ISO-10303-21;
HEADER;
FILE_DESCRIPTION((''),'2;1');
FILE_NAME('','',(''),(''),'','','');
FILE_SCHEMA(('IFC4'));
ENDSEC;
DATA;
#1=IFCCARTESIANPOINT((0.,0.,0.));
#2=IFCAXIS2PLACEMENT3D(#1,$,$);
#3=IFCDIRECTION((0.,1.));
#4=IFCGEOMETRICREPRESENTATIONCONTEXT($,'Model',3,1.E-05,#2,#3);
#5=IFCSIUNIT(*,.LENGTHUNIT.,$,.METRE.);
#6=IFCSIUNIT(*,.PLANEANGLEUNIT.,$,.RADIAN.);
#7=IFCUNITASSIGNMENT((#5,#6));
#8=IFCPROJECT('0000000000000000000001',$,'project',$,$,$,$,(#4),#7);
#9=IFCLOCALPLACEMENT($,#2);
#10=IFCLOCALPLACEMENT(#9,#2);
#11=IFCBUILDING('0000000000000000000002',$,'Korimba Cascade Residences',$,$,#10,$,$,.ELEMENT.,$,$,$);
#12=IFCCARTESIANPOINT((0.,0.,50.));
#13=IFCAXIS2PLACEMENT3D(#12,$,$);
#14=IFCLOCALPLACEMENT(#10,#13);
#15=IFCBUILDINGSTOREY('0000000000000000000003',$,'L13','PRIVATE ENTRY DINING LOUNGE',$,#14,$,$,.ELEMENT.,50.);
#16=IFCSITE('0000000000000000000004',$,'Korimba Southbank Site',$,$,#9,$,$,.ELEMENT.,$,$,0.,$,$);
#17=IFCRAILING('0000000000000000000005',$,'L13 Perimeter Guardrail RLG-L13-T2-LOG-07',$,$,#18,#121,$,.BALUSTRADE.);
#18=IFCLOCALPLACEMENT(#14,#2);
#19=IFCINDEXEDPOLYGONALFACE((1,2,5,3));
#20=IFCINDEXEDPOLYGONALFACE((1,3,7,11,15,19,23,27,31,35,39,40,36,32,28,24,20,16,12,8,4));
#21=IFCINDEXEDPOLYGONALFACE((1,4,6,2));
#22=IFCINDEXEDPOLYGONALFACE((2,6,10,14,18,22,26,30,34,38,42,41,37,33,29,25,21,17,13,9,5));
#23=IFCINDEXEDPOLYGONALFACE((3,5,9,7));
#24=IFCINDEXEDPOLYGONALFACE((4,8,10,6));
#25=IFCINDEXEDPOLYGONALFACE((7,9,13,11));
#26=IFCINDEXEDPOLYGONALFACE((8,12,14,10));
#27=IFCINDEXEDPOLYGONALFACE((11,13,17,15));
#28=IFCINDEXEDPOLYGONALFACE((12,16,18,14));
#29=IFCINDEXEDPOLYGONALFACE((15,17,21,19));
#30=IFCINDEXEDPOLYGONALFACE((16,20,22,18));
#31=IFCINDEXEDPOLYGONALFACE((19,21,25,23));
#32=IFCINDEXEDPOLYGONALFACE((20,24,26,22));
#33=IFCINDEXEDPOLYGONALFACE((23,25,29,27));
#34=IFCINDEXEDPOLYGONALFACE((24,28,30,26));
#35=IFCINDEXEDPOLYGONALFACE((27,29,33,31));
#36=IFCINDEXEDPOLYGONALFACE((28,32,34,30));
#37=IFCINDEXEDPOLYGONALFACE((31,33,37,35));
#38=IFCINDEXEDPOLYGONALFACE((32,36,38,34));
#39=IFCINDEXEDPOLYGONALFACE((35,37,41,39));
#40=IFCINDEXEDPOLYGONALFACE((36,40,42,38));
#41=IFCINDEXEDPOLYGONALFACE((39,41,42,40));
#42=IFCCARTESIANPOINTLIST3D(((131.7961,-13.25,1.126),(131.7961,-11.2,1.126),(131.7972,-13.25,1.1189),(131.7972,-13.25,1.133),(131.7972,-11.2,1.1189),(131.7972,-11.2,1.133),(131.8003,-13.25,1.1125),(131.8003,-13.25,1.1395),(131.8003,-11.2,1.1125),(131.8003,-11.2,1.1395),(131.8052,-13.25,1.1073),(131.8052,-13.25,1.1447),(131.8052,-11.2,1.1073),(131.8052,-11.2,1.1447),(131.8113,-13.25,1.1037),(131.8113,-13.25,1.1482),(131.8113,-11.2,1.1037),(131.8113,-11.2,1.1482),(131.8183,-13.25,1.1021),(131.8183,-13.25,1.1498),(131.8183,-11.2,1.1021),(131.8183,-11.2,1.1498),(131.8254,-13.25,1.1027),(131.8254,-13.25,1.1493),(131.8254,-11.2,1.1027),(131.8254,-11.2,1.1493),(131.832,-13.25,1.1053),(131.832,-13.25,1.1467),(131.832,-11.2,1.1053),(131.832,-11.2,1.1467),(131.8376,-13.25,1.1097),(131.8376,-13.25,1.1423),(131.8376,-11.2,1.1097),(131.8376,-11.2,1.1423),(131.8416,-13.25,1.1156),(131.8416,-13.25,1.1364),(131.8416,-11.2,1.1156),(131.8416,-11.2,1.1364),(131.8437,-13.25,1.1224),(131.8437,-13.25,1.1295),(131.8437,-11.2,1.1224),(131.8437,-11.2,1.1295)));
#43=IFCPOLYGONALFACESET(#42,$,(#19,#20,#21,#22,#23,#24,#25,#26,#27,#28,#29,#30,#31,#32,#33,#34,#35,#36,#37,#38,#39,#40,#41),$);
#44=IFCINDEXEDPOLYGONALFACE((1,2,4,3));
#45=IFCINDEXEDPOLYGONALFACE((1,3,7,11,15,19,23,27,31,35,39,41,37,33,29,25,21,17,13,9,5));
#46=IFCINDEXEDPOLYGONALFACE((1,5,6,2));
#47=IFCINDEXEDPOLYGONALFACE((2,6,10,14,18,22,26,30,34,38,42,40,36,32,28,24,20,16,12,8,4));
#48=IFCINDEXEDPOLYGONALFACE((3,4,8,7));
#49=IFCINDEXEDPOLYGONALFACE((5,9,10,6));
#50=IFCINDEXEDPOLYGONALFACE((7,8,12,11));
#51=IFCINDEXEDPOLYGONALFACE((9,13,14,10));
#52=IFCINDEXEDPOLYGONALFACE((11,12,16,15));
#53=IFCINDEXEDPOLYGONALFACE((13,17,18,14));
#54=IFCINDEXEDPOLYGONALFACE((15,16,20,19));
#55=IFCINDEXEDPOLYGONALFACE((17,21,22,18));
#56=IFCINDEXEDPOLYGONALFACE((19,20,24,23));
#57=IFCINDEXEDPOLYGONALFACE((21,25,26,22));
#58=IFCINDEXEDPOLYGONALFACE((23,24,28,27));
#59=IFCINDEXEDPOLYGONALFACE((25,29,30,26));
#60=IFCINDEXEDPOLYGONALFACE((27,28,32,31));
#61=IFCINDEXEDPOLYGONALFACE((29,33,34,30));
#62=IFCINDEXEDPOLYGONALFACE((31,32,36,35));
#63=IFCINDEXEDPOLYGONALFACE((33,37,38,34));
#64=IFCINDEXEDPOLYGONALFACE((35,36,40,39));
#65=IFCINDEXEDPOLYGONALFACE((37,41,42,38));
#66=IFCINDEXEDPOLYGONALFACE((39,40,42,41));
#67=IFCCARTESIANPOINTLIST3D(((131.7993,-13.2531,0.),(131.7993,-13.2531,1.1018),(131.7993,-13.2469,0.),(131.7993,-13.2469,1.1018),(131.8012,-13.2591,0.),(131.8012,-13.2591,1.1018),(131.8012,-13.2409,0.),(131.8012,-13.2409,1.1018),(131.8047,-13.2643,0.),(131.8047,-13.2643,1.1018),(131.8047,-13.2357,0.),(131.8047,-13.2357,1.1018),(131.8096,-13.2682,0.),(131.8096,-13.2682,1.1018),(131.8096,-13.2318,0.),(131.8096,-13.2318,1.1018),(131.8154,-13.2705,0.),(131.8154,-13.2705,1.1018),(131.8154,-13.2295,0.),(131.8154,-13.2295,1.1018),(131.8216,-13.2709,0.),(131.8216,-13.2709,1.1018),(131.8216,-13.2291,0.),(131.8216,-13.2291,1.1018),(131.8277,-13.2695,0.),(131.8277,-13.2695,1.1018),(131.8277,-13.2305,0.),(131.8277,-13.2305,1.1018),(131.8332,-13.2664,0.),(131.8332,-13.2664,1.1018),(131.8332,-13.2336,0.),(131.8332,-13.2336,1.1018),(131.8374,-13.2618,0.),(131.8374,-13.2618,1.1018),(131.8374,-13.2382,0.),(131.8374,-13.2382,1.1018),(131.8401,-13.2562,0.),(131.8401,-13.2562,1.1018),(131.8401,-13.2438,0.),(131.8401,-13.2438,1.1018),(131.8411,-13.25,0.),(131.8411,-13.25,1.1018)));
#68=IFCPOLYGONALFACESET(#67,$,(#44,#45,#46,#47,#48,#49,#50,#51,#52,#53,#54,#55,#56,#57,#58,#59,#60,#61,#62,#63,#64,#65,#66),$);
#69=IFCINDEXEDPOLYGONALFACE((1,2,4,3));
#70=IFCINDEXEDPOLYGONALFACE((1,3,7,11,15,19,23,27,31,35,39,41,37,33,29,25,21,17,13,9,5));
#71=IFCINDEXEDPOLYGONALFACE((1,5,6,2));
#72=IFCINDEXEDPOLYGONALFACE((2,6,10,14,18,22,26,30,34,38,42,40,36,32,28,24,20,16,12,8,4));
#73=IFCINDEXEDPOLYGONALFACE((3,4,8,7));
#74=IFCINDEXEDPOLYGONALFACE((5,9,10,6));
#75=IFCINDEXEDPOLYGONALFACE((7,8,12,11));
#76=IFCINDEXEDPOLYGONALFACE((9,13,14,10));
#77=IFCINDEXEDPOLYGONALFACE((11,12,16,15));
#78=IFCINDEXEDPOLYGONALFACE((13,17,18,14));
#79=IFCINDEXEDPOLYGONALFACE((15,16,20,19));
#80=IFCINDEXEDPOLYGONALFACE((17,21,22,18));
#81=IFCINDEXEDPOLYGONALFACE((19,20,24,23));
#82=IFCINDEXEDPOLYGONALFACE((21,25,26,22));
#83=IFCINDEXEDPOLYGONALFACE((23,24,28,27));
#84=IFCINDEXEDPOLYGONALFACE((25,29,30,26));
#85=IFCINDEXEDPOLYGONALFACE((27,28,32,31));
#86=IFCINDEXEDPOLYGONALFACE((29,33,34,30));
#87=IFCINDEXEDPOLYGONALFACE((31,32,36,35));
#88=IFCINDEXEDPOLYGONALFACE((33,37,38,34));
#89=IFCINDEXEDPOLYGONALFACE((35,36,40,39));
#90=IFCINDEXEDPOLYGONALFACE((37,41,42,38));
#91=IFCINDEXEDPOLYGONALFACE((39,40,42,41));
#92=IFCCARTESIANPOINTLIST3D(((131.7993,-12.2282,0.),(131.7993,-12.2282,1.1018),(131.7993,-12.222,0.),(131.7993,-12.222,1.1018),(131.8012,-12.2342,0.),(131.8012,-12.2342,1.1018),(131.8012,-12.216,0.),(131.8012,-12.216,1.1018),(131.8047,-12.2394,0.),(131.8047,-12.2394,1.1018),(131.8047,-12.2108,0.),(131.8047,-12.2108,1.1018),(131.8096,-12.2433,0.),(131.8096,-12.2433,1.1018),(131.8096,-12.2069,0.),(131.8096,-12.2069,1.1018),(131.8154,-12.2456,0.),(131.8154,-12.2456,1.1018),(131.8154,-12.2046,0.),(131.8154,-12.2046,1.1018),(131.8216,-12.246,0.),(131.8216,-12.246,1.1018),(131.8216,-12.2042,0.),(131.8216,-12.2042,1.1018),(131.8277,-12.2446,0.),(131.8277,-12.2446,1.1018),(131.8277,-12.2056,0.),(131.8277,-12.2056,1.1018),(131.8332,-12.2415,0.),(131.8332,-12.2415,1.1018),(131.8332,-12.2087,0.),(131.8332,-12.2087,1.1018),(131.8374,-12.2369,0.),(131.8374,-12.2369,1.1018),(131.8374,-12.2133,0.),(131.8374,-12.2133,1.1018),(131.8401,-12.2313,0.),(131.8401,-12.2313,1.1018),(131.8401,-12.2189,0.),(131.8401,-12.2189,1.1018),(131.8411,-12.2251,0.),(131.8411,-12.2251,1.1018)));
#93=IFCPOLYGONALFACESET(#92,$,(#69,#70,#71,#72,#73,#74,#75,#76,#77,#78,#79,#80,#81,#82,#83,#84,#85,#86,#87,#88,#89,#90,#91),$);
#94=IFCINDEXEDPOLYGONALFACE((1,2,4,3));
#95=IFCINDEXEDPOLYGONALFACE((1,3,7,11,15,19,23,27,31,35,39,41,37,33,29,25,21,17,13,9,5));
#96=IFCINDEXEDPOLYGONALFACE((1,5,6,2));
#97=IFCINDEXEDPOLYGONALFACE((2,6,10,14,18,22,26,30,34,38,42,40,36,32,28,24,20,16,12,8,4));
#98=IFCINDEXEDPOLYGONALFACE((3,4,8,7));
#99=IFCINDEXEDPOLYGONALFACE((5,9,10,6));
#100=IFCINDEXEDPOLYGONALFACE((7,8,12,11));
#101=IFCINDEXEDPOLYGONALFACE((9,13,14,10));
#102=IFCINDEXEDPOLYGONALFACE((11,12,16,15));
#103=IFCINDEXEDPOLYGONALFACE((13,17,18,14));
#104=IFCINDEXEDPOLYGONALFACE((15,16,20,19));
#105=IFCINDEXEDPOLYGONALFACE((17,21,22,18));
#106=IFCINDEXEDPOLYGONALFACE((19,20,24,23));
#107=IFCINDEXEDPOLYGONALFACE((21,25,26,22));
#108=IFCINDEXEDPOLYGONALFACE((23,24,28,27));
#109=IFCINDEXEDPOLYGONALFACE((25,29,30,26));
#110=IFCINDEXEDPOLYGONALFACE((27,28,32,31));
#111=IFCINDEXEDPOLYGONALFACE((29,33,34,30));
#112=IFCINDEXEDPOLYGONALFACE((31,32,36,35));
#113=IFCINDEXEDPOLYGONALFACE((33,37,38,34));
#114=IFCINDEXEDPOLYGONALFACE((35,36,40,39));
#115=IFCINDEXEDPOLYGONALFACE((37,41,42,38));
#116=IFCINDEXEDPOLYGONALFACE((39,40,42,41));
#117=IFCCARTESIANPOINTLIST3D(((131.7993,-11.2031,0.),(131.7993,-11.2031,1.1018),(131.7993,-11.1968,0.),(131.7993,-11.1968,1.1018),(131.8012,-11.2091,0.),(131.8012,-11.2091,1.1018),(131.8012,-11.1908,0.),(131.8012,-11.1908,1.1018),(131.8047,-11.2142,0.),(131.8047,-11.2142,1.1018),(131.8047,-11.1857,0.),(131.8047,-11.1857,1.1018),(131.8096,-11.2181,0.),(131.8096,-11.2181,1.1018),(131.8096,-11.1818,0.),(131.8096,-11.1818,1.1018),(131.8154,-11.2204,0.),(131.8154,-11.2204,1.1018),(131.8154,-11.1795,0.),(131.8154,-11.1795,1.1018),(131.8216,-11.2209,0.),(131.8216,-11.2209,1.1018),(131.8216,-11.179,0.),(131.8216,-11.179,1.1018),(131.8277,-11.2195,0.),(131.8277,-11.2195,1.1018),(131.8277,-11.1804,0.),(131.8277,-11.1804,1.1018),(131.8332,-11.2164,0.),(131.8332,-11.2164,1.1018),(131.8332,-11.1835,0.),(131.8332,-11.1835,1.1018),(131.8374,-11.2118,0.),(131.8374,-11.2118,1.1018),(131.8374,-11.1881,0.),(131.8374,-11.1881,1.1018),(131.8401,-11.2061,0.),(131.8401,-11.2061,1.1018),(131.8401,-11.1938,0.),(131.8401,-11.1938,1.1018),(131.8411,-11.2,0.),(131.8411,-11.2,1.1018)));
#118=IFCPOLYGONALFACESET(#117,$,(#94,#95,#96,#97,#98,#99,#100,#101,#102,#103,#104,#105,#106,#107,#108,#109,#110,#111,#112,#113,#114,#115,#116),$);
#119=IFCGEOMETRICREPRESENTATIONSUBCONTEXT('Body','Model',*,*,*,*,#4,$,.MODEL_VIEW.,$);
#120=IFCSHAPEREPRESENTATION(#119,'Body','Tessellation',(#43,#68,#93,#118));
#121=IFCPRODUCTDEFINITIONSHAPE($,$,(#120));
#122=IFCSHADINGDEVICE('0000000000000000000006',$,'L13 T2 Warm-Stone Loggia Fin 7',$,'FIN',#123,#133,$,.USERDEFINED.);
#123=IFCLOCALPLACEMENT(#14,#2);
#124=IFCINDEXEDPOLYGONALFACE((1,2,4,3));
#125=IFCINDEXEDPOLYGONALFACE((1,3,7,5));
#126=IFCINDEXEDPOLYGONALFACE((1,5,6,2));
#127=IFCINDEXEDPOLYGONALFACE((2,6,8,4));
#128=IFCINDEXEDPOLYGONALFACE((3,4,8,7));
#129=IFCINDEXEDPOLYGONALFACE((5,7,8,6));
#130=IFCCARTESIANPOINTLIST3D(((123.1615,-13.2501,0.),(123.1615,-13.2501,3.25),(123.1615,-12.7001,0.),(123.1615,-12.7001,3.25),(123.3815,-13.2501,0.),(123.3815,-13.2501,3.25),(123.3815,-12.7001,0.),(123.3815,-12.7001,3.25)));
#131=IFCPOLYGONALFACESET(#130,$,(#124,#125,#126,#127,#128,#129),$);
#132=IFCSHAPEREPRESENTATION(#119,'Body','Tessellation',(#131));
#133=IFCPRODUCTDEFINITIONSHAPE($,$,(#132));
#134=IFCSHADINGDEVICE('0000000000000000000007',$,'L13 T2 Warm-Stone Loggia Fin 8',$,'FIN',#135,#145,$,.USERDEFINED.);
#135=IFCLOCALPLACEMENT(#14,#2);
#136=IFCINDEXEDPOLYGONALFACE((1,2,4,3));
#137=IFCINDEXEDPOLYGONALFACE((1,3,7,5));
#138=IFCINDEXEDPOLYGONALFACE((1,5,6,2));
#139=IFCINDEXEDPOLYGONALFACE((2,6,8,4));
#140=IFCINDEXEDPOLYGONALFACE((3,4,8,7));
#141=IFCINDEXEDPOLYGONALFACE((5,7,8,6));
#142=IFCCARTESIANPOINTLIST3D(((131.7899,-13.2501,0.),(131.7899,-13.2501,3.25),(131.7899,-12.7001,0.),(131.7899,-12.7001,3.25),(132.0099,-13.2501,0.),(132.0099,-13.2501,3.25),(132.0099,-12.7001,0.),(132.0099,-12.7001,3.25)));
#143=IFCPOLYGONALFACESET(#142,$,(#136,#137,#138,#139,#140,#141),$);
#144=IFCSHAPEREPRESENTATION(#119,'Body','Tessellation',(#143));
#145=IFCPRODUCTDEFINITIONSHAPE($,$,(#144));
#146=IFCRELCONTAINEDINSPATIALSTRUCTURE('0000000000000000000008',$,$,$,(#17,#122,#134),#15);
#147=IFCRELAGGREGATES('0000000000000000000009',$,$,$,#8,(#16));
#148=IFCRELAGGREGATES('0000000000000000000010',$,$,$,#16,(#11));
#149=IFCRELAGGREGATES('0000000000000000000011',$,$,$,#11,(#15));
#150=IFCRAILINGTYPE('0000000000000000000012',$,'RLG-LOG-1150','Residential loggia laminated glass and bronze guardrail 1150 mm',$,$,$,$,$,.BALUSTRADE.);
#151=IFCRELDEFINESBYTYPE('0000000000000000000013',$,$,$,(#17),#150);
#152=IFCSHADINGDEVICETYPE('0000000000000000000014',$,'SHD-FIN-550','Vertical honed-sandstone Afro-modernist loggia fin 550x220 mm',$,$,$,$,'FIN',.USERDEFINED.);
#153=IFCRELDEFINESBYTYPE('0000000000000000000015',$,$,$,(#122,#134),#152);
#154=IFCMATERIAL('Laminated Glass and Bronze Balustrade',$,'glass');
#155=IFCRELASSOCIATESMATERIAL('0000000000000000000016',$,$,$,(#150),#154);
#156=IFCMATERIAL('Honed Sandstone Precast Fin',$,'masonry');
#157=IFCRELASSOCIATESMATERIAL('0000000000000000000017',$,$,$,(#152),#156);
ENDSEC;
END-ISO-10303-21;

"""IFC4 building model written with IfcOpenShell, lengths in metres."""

from ifc_helpers import new_model, si_unit, direction, frame, origin, origin_2d, place, context, subcontext, project, spatial, rectangle, circle, extrude, material, type_object, element, save


model = new_model("IFC4")

# Units and contexts
model_context = context("Model", 3, precision=1e-05, world=origin(), true_north=direction((0.0, 1.0)))
body_context = subcontext(model_context, "Body", "Model", "MODEL_VIEW")
ifc_project = project(units=[si_unit("LENGTHUNIT", "METRE"), si_unit("PLANEANGLEUNIT", "RADIAN")], contexts=[model_context])

# Site, building, storey
site_placement = place(None, origin())
site = spatial("IfcSite", under=ifc_project, at=site_placement, Name="Korimba Southbank Site", CompositionType="ELEMENT", RefElevation=0.0)
building_placement = place(site_placement, origin())
building = spatial("IfcBuilding", under=site, at=building_placement, Name="Korimba Cascade Residences", CompositionType="ELEMENT")
storey_placement = place(building_placement, frame((0.0, 0.0, 50.0)))
storey = spatial("IfcBuildingStorey", under=building, at=storey_placement, Name="L13", Description="PRIVATE ENTRY DINING LOUNGE", CompositionType="ELEMENT", Elevation=50.0)

# Railing
ifc_material_1 = material(Name="Laminated Glass and Bronze Balustrade", Category="glass")
railing_type = type_object("IfcRailingType", Name="RLG-LOG-1150", Description="Residential loggia laminated glass and bronze guardrail 1150 mm", PredefinedType="BALUSTRADE", material=ifc_material_1)
railing_1_placement = place(storey_placement, frame((131.8201, -13.25, 0.0)))
element("IfcRailing", 1, at=railing_1_placement, inside=storey, type_object=railing_type, Name="L13 Perimeter Guardrail RLG-L13-T2-LOG-07", PredefinedType="BALUSTRADE", context=body_context, shape_type="SweptSolid", body=[
    extrude(circle(Radius=0.0239, at=origin_2d()), frame((0.0, 0.0, 1.126), z_axis=(0.0, 1.0, 0.0), x_axis=(-1.0, 0.0, 0.0)), (0.0, 0.0, 1.0), 2.05),
    extrude(circle(Radius=0.021, at=origin_2d()), origin(), (0.0, 0.0, 1.0), 1.1018),
    extrude(circle(Radius=0.021, at=origin_2d()), frame((0.0, 1.0249, 0.0)), (0.0, 0.0, 1.0), 1.1018),
    extrude(circle(Radius=0.021, at=origin_2d()), frame((0.0, 2.05, 0.0)), (0.0, 0.0, 1.0), 1.1018),
])

# Shading devices
ifc_material_2 = material(Name="Honed Sandstone Precast Fin", Category="masonry")
shading_device_type = type_object("IfcShadingDeviceType", Name="SHD-FIN-550", Description="Vertical honed-sandstone Afro-modernist loggia fin 550x220 mm", ElementType="FIN", PredefinedType="USERDEFINED", material=ifc_material_2)
for number, where, z_axis, x_axis, name in (
    (2, (123.2715, -12.9751, 0.0), (0.0, 0.0, 1.0), (1.0, 0.0, 0.0), "L13 T2 Warm-Stone Loggia Fin 7"),
    (3, (131.8999, -12.9751, 0.0), (0.0, 0.0, 1.0), (1.0, 0.0, 0.0), "L13 T2 Warm-Stone Loggia Fin 8"),
):
    element("IfcShadingDevice", number, at=place(storey_placement, frame(where, z_axis=z_axis, x_axis=x_axis)), inside=storey, type_object=shading_device_type, Name=name, ObjectType="FIN", PredefinedType="USERDEFINED", context=body_context, shape_type="SweptSolid", body=[
        extrude(rectangle(XDim=0.22, YDim=0.55, at=origin_2d()), origin(), (0.0, 0.0, 1.0), 3.25),
    ])

save(model, "model.ifc")
